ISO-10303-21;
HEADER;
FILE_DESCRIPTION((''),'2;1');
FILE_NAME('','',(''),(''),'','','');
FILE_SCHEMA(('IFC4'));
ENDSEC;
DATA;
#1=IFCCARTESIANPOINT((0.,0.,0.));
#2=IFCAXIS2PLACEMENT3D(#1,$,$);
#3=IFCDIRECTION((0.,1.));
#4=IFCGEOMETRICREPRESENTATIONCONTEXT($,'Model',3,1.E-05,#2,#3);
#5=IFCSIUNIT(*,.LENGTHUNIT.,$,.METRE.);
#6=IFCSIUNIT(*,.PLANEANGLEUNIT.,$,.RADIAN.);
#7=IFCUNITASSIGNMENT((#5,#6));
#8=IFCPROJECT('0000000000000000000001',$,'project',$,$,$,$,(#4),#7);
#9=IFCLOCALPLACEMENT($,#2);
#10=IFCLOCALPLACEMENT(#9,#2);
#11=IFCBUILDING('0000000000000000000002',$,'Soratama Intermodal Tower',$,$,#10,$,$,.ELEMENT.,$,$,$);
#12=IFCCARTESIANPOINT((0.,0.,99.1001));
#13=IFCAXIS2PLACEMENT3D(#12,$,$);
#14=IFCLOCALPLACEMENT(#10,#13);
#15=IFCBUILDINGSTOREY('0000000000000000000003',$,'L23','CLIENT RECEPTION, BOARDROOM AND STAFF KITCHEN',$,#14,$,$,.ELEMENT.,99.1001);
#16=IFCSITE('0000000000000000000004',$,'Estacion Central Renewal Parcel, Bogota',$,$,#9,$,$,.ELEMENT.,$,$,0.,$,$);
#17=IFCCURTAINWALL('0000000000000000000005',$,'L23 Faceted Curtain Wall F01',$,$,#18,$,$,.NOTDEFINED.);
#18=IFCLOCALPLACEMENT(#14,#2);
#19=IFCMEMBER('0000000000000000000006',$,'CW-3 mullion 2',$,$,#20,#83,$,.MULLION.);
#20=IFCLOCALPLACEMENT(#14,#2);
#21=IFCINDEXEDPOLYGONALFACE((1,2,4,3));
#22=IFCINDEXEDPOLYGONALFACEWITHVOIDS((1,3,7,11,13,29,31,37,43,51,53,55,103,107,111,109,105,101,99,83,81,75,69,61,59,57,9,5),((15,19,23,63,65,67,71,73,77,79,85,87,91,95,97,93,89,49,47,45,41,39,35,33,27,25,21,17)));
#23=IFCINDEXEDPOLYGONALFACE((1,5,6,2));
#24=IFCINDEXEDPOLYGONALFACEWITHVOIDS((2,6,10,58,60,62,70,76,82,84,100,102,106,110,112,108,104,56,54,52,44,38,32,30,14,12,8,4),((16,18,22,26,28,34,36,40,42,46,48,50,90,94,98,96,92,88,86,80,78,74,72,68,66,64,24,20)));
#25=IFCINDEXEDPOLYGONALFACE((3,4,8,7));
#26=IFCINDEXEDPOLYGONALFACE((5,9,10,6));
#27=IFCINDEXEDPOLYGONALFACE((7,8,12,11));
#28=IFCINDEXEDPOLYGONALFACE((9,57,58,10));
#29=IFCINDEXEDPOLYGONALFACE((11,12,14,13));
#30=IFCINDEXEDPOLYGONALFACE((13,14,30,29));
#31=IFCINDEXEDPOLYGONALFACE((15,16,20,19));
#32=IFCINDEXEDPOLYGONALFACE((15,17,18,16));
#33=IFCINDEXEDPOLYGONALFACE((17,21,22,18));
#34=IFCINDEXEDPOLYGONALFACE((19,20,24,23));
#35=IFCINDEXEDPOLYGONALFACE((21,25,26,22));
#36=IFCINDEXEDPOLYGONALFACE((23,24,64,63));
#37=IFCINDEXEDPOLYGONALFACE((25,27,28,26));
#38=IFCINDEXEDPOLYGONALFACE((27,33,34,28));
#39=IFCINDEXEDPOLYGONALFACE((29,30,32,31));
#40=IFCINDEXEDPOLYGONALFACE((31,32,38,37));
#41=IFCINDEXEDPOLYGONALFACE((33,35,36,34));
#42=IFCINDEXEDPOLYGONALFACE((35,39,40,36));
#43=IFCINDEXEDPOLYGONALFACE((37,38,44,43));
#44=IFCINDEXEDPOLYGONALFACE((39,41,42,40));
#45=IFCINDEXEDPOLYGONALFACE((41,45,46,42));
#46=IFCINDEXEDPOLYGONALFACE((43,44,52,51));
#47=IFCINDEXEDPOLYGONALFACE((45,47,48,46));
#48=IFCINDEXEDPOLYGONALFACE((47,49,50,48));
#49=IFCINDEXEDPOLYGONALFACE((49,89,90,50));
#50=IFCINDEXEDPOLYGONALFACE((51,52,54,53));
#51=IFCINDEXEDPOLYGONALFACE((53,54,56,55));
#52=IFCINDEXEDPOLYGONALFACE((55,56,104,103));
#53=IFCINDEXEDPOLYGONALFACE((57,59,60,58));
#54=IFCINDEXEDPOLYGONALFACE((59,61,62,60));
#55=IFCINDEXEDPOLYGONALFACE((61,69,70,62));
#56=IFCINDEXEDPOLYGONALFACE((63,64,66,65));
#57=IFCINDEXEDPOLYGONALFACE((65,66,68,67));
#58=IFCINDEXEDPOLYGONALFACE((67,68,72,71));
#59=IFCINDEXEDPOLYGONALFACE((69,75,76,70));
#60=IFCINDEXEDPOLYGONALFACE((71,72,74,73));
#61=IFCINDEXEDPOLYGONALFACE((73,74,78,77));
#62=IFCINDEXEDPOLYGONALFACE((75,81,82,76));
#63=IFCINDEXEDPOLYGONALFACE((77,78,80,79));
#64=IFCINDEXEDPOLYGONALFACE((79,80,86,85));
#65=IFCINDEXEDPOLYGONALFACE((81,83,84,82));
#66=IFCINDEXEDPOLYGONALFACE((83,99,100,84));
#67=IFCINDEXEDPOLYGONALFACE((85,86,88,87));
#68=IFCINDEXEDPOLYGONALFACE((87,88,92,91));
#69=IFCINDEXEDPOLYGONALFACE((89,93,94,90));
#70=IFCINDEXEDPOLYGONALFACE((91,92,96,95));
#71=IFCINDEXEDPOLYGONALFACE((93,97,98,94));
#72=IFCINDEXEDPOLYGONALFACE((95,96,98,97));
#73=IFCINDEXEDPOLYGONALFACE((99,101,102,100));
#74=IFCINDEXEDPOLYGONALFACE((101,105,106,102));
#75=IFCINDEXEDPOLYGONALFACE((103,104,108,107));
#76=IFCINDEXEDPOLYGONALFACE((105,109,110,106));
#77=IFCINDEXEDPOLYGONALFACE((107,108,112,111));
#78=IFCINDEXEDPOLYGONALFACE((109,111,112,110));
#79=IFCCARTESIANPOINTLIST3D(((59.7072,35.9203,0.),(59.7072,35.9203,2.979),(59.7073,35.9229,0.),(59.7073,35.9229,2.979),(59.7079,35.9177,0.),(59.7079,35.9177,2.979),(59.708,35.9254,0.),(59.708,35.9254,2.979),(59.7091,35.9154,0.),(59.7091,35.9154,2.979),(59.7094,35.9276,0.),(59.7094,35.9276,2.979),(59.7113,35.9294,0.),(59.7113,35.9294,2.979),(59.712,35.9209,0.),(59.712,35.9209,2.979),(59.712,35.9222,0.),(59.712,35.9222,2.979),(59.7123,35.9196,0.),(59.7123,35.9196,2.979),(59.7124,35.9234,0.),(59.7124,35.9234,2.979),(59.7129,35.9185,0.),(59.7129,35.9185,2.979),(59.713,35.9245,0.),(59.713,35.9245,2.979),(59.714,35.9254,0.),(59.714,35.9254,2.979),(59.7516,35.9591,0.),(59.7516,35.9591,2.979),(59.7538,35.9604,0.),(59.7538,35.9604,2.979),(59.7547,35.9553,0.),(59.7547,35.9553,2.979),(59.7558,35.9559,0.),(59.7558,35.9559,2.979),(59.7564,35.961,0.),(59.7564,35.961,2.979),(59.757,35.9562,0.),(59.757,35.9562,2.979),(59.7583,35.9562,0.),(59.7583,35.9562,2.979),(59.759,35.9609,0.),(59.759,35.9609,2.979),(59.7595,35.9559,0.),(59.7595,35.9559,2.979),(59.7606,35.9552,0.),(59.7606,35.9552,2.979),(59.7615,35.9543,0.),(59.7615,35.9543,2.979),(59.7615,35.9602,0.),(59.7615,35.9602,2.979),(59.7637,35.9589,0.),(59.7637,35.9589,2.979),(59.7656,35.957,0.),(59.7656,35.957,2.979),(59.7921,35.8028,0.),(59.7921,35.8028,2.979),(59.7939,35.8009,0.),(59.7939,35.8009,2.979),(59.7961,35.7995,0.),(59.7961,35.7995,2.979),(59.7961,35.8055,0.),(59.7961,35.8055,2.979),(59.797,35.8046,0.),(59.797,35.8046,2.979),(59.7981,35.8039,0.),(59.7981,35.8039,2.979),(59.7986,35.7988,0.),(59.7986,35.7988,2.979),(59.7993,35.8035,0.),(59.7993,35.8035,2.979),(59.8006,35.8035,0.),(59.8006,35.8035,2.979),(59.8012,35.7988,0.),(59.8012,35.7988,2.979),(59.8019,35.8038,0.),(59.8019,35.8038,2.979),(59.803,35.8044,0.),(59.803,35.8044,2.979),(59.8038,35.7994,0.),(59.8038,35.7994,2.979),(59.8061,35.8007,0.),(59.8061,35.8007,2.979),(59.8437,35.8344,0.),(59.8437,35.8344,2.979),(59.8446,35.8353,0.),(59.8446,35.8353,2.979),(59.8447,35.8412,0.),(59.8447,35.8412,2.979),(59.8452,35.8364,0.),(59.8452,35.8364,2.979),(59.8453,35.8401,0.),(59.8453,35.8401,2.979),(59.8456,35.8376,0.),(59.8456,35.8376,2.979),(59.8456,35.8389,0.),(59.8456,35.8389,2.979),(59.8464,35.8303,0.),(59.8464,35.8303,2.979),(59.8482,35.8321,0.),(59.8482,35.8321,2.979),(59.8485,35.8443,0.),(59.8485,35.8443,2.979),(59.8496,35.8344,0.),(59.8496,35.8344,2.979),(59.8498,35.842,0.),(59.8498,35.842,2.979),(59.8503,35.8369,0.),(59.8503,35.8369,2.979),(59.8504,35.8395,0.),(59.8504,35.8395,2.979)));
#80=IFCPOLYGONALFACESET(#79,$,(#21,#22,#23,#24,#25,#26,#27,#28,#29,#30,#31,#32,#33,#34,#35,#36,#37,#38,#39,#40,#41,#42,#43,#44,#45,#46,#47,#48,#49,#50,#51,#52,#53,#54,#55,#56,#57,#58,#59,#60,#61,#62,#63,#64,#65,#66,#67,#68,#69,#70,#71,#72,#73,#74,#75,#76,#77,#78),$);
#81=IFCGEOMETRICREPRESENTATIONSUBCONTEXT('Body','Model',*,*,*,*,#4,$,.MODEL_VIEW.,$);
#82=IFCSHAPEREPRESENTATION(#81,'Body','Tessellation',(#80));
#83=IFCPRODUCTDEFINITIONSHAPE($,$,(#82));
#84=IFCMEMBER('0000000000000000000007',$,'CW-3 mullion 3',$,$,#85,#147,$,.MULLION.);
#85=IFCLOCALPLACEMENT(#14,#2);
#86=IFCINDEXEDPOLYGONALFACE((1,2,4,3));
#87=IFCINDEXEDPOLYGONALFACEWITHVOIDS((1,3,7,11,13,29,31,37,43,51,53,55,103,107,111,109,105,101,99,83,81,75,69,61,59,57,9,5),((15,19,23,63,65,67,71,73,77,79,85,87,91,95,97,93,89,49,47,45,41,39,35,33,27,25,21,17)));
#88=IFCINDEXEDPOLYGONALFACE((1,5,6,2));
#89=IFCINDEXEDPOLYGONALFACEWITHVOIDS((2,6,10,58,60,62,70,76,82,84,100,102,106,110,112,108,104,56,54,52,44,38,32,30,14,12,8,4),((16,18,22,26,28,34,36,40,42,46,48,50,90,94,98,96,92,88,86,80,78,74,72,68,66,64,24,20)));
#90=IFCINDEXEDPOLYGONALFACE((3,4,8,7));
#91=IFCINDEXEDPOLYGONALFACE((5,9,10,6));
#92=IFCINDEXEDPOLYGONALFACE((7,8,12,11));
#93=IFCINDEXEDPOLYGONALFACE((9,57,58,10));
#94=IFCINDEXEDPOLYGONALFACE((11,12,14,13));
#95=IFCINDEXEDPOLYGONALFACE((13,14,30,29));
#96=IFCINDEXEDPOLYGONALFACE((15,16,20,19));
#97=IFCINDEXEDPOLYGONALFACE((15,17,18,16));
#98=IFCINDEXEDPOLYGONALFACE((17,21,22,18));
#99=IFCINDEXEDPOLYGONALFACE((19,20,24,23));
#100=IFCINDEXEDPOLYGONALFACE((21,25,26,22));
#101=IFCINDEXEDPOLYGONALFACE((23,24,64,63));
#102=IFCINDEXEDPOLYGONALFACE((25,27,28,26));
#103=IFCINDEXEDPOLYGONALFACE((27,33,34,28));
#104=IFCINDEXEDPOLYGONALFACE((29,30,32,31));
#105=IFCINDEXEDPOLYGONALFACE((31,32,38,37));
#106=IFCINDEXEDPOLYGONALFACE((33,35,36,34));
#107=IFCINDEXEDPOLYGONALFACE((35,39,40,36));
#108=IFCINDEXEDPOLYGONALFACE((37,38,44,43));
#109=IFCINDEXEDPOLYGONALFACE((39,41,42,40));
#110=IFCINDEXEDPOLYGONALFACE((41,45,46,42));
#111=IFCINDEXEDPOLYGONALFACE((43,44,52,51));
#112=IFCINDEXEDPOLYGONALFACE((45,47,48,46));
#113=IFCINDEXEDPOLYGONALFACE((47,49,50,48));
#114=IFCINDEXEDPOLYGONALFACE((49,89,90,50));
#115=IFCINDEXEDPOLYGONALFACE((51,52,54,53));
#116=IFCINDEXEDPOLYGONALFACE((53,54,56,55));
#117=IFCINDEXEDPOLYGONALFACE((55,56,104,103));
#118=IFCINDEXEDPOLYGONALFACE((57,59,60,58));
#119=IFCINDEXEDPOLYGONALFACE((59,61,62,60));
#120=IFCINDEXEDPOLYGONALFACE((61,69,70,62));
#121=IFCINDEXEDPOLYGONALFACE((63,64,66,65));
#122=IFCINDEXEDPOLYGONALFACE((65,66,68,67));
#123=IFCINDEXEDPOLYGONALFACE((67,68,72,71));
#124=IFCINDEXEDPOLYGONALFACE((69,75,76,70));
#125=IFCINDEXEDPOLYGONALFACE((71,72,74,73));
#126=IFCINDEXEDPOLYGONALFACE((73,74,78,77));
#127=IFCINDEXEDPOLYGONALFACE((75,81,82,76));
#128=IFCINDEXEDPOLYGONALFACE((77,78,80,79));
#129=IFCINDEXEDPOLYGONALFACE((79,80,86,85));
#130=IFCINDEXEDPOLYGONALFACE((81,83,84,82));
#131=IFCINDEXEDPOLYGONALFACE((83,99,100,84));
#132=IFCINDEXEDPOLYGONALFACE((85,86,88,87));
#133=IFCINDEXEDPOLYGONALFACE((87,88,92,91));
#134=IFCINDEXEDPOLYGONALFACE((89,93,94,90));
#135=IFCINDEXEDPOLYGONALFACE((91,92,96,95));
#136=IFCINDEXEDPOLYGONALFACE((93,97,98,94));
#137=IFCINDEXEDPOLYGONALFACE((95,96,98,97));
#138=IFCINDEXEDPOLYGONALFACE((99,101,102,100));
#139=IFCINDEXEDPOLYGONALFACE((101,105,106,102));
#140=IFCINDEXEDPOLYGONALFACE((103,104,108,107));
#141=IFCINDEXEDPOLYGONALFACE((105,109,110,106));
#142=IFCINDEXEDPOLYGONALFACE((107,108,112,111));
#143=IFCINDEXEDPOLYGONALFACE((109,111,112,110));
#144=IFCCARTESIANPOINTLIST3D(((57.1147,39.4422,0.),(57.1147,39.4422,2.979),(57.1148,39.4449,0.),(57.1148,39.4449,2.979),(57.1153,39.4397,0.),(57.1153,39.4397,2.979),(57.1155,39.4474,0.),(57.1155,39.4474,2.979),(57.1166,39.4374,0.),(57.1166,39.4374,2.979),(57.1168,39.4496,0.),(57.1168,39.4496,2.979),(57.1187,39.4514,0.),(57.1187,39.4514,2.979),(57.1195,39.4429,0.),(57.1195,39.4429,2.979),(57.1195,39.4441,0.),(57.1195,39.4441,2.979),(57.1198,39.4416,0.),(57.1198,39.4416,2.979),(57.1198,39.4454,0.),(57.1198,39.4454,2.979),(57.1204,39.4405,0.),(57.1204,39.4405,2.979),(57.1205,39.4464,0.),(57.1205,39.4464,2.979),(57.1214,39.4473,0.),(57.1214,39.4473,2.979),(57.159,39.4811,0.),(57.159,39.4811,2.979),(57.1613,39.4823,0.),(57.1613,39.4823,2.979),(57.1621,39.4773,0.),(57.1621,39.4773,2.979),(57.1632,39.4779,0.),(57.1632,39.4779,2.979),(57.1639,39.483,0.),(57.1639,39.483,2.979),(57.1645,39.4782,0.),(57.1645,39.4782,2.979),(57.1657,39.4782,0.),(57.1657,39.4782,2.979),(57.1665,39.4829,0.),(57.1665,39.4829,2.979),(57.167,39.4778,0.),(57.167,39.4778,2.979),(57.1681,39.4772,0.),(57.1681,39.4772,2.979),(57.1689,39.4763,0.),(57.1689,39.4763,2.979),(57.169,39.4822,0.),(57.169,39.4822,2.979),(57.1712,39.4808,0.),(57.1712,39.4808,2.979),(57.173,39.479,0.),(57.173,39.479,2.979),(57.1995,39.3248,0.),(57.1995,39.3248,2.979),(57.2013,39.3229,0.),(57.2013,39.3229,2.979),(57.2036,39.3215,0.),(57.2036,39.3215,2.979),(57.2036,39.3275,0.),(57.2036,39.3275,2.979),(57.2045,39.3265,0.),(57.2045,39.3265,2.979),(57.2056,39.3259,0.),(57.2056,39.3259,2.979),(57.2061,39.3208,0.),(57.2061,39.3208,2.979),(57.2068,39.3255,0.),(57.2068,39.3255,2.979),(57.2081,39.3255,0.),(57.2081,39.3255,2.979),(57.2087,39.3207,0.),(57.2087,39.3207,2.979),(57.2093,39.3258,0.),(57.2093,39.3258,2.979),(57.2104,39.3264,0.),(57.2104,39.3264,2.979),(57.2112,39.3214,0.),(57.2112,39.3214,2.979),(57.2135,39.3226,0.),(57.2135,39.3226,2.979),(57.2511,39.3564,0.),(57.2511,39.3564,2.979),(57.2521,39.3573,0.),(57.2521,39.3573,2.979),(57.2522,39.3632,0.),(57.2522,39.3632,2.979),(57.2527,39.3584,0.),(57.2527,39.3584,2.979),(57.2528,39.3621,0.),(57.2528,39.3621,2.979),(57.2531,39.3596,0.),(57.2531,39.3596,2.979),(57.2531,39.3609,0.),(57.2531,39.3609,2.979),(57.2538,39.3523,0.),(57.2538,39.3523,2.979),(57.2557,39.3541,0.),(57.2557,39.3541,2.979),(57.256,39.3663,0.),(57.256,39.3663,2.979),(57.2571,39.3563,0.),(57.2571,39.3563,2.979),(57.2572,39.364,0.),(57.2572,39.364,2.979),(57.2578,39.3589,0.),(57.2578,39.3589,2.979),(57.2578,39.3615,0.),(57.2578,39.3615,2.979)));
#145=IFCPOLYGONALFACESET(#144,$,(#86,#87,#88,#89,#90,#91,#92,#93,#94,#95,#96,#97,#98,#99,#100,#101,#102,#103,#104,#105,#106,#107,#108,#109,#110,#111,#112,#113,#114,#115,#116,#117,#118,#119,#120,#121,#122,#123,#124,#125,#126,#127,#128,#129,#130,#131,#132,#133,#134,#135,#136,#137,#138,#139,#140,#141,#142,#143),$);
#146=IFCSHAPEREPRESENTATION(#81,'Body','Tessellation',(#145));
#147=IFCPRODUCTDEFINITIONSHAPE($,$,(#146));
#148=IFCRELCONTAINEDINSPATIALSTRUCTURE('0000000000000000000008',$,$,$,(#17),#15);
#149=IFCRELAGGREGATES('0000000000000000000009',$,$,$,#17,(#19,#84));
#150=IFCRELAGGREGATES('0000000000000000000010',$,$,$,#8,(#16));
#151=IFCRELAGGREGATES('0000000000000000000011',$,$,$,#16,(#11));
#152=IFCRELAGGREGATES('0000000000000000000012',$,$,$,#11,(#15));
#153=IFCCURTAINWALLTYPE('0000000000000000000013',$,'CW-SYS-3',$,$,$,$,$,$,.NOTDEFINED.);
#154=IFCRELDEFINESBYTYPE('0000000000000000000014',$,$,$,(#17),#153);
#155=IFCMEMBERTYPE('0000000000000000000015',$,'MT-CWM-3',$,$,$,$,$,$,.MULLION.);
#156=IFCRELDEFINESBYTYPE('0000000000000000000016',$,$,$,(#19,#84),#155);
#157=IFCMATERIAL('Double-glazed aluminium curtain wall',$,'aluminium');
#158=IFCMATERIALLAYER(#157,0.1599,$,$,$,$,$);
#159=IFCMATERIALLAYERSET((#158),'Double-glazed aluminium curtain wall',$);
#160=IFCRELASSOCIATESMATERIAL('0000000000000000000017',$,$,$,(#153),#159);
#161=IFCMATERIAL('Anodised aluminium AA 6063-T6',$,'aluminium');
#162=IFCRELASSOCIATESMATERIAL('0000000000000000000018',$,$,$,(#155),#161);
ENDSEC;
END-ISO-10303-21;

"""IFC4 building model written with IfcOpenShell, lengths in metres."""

from ifc_helpers import new_model, si_unit, direction, frame, origin, origin_2d, place, context, subcontext, project, spatial, hollow_rectangle, extrude, material, layer, layer_set, material_profile, profile_set, type_object, element, aggregate, save


model = new_model("IFC4")

# Units and contexts
model_context = context("Model", 3, precision=1e-05, world=origin(), true_north=direction((0.0, 1.0)))
body_context = subcontext(model_context, "Body", "Model", "MODEL_VIEW")
ifc_project = project(units=[si_unit("LENGTHUNIT", "METRE"), si_unit("PLANEANGLEUNIT", "RADIAN")], contexts=[model_context])

# Site, building, storey
site_placement = place(None, origin())
site = spatial("IfcSite", under=ifc_project, at=site_placement, Name="Estacion Central Renewal Parcel, Bogota", CompositionType="ELEMENT", RefElevation=0.0)
building_placement = place(site_placement, origin())
building = spatial("IfcBuilding", under=site, at=building_placement, Name="Soratama Intermodal Tower", CompositionType="ELEMENT")
storey_placement = place(building_placement, frame((0.0, 0.0, 99.1001)))
storey = spatial("IfcBuildingStorey", under=building, at=storey_placement, Name="L23", Description="CLIENT RECEPTION, BOARDROOM AND STAFF KITCHEN", CompositionType="ELEMENT", Elevation=99.1001)

# Curtain wall, members
ifc_material_1 = material(Name="Double-glazed aluminium curtain wall", Category="aluminium")
ifc_layer_1 = layer(ifc_material_1, 0.1599)
ifc_layer_set_1 = layer_set([ifc_layer_1], Name="Double-glazed aluminium curtain wall")
curtain_wall_type = type_object("IfcCurtainWallType", Name="CW-SYS-3", PredefinedType="NOTDEFINED", material=ifc_layer_set_1)
curtain_wall_placement = place(storey_placement, origin())
curtain_wall = element("IfcCurtainWall", 1, at=curtain_wall_placement, inside=storey, type_object=curtain_wall_type, Name="L23 Faceted Curtain Wall F01", PredefinedType="NOTDEFINED")
ifc_material_2 = material(Name="Anodised aluminium AA 6063-T6", Category="aluminium")
ifc_material_profile_1 = material_profile(ifc_material_2, hollow_rectangle(XDim=0.0701, YDim=0.1599, WallThickness=0.0049, InnerFilletRadius=0.0049, OuterFilletRadius=0.01, at=origin_2d()), Name="CWM160X70X5")
ifc_profile_set_1 = profile_set([ifc_material_profile_1], Name="Anodised aluminium AA 6063-T6")
member_type_1 = type_object("IfcMemberType", Name="MT-CWM-3", PredefinedType="MULLION", material=ifc_profile_set_1)
member_1_placement = place(storey_placement, frame((59.7788, 35.8799, 0.0), z_axis=(0.0, 0.0, 1.0), x_axis=(-0.80531, -0.592854, 0.0)))
member_1 = element("IfcMember", 2, at=member_1_placement, type_object=member_type_1, Name="CW-3 mullion 2", PredefinedType="MULLION", context=body_context, shape_type="SweptSolid", body=[
    extrude(hollow_rectangle(XDim=0.0701, YDim=0.1599, WallThickness=0.0049, InnerFilletRadius=0.0049, OuterFilletRadius=0.01, at=origin_2d()), origin(), (0.0, 0.0, 1.0), 2.979),
])
member_2_placement = place(storey_placement, frame((57.1863, 39.4019, 0.0), z_axis=(0.0, 0.0, 1.0), x_axis=(-0.80531, -0.592854, 0.0)))
member_2 = element("IfcMember", 3, at=member_2_placement, type_object=member_type_1, Name="CW-3 mullion 3", PredefinedType="MULLION", context=body_context, shape_type="SweptSolid", body=[
    extrude(hollow_rectangle(XDim=0.0701, YDim=0.1599, WallThickness=0.0049, InnerFilletRadius=0.0049, OuterFilletRadius=0.01, at=origin_2d()), origin(), (0.0, 0.0, 1.0), 2.979),
])
aggregate(curtain_wall, [member_1, member_2])

save(model, "model.ifc")
